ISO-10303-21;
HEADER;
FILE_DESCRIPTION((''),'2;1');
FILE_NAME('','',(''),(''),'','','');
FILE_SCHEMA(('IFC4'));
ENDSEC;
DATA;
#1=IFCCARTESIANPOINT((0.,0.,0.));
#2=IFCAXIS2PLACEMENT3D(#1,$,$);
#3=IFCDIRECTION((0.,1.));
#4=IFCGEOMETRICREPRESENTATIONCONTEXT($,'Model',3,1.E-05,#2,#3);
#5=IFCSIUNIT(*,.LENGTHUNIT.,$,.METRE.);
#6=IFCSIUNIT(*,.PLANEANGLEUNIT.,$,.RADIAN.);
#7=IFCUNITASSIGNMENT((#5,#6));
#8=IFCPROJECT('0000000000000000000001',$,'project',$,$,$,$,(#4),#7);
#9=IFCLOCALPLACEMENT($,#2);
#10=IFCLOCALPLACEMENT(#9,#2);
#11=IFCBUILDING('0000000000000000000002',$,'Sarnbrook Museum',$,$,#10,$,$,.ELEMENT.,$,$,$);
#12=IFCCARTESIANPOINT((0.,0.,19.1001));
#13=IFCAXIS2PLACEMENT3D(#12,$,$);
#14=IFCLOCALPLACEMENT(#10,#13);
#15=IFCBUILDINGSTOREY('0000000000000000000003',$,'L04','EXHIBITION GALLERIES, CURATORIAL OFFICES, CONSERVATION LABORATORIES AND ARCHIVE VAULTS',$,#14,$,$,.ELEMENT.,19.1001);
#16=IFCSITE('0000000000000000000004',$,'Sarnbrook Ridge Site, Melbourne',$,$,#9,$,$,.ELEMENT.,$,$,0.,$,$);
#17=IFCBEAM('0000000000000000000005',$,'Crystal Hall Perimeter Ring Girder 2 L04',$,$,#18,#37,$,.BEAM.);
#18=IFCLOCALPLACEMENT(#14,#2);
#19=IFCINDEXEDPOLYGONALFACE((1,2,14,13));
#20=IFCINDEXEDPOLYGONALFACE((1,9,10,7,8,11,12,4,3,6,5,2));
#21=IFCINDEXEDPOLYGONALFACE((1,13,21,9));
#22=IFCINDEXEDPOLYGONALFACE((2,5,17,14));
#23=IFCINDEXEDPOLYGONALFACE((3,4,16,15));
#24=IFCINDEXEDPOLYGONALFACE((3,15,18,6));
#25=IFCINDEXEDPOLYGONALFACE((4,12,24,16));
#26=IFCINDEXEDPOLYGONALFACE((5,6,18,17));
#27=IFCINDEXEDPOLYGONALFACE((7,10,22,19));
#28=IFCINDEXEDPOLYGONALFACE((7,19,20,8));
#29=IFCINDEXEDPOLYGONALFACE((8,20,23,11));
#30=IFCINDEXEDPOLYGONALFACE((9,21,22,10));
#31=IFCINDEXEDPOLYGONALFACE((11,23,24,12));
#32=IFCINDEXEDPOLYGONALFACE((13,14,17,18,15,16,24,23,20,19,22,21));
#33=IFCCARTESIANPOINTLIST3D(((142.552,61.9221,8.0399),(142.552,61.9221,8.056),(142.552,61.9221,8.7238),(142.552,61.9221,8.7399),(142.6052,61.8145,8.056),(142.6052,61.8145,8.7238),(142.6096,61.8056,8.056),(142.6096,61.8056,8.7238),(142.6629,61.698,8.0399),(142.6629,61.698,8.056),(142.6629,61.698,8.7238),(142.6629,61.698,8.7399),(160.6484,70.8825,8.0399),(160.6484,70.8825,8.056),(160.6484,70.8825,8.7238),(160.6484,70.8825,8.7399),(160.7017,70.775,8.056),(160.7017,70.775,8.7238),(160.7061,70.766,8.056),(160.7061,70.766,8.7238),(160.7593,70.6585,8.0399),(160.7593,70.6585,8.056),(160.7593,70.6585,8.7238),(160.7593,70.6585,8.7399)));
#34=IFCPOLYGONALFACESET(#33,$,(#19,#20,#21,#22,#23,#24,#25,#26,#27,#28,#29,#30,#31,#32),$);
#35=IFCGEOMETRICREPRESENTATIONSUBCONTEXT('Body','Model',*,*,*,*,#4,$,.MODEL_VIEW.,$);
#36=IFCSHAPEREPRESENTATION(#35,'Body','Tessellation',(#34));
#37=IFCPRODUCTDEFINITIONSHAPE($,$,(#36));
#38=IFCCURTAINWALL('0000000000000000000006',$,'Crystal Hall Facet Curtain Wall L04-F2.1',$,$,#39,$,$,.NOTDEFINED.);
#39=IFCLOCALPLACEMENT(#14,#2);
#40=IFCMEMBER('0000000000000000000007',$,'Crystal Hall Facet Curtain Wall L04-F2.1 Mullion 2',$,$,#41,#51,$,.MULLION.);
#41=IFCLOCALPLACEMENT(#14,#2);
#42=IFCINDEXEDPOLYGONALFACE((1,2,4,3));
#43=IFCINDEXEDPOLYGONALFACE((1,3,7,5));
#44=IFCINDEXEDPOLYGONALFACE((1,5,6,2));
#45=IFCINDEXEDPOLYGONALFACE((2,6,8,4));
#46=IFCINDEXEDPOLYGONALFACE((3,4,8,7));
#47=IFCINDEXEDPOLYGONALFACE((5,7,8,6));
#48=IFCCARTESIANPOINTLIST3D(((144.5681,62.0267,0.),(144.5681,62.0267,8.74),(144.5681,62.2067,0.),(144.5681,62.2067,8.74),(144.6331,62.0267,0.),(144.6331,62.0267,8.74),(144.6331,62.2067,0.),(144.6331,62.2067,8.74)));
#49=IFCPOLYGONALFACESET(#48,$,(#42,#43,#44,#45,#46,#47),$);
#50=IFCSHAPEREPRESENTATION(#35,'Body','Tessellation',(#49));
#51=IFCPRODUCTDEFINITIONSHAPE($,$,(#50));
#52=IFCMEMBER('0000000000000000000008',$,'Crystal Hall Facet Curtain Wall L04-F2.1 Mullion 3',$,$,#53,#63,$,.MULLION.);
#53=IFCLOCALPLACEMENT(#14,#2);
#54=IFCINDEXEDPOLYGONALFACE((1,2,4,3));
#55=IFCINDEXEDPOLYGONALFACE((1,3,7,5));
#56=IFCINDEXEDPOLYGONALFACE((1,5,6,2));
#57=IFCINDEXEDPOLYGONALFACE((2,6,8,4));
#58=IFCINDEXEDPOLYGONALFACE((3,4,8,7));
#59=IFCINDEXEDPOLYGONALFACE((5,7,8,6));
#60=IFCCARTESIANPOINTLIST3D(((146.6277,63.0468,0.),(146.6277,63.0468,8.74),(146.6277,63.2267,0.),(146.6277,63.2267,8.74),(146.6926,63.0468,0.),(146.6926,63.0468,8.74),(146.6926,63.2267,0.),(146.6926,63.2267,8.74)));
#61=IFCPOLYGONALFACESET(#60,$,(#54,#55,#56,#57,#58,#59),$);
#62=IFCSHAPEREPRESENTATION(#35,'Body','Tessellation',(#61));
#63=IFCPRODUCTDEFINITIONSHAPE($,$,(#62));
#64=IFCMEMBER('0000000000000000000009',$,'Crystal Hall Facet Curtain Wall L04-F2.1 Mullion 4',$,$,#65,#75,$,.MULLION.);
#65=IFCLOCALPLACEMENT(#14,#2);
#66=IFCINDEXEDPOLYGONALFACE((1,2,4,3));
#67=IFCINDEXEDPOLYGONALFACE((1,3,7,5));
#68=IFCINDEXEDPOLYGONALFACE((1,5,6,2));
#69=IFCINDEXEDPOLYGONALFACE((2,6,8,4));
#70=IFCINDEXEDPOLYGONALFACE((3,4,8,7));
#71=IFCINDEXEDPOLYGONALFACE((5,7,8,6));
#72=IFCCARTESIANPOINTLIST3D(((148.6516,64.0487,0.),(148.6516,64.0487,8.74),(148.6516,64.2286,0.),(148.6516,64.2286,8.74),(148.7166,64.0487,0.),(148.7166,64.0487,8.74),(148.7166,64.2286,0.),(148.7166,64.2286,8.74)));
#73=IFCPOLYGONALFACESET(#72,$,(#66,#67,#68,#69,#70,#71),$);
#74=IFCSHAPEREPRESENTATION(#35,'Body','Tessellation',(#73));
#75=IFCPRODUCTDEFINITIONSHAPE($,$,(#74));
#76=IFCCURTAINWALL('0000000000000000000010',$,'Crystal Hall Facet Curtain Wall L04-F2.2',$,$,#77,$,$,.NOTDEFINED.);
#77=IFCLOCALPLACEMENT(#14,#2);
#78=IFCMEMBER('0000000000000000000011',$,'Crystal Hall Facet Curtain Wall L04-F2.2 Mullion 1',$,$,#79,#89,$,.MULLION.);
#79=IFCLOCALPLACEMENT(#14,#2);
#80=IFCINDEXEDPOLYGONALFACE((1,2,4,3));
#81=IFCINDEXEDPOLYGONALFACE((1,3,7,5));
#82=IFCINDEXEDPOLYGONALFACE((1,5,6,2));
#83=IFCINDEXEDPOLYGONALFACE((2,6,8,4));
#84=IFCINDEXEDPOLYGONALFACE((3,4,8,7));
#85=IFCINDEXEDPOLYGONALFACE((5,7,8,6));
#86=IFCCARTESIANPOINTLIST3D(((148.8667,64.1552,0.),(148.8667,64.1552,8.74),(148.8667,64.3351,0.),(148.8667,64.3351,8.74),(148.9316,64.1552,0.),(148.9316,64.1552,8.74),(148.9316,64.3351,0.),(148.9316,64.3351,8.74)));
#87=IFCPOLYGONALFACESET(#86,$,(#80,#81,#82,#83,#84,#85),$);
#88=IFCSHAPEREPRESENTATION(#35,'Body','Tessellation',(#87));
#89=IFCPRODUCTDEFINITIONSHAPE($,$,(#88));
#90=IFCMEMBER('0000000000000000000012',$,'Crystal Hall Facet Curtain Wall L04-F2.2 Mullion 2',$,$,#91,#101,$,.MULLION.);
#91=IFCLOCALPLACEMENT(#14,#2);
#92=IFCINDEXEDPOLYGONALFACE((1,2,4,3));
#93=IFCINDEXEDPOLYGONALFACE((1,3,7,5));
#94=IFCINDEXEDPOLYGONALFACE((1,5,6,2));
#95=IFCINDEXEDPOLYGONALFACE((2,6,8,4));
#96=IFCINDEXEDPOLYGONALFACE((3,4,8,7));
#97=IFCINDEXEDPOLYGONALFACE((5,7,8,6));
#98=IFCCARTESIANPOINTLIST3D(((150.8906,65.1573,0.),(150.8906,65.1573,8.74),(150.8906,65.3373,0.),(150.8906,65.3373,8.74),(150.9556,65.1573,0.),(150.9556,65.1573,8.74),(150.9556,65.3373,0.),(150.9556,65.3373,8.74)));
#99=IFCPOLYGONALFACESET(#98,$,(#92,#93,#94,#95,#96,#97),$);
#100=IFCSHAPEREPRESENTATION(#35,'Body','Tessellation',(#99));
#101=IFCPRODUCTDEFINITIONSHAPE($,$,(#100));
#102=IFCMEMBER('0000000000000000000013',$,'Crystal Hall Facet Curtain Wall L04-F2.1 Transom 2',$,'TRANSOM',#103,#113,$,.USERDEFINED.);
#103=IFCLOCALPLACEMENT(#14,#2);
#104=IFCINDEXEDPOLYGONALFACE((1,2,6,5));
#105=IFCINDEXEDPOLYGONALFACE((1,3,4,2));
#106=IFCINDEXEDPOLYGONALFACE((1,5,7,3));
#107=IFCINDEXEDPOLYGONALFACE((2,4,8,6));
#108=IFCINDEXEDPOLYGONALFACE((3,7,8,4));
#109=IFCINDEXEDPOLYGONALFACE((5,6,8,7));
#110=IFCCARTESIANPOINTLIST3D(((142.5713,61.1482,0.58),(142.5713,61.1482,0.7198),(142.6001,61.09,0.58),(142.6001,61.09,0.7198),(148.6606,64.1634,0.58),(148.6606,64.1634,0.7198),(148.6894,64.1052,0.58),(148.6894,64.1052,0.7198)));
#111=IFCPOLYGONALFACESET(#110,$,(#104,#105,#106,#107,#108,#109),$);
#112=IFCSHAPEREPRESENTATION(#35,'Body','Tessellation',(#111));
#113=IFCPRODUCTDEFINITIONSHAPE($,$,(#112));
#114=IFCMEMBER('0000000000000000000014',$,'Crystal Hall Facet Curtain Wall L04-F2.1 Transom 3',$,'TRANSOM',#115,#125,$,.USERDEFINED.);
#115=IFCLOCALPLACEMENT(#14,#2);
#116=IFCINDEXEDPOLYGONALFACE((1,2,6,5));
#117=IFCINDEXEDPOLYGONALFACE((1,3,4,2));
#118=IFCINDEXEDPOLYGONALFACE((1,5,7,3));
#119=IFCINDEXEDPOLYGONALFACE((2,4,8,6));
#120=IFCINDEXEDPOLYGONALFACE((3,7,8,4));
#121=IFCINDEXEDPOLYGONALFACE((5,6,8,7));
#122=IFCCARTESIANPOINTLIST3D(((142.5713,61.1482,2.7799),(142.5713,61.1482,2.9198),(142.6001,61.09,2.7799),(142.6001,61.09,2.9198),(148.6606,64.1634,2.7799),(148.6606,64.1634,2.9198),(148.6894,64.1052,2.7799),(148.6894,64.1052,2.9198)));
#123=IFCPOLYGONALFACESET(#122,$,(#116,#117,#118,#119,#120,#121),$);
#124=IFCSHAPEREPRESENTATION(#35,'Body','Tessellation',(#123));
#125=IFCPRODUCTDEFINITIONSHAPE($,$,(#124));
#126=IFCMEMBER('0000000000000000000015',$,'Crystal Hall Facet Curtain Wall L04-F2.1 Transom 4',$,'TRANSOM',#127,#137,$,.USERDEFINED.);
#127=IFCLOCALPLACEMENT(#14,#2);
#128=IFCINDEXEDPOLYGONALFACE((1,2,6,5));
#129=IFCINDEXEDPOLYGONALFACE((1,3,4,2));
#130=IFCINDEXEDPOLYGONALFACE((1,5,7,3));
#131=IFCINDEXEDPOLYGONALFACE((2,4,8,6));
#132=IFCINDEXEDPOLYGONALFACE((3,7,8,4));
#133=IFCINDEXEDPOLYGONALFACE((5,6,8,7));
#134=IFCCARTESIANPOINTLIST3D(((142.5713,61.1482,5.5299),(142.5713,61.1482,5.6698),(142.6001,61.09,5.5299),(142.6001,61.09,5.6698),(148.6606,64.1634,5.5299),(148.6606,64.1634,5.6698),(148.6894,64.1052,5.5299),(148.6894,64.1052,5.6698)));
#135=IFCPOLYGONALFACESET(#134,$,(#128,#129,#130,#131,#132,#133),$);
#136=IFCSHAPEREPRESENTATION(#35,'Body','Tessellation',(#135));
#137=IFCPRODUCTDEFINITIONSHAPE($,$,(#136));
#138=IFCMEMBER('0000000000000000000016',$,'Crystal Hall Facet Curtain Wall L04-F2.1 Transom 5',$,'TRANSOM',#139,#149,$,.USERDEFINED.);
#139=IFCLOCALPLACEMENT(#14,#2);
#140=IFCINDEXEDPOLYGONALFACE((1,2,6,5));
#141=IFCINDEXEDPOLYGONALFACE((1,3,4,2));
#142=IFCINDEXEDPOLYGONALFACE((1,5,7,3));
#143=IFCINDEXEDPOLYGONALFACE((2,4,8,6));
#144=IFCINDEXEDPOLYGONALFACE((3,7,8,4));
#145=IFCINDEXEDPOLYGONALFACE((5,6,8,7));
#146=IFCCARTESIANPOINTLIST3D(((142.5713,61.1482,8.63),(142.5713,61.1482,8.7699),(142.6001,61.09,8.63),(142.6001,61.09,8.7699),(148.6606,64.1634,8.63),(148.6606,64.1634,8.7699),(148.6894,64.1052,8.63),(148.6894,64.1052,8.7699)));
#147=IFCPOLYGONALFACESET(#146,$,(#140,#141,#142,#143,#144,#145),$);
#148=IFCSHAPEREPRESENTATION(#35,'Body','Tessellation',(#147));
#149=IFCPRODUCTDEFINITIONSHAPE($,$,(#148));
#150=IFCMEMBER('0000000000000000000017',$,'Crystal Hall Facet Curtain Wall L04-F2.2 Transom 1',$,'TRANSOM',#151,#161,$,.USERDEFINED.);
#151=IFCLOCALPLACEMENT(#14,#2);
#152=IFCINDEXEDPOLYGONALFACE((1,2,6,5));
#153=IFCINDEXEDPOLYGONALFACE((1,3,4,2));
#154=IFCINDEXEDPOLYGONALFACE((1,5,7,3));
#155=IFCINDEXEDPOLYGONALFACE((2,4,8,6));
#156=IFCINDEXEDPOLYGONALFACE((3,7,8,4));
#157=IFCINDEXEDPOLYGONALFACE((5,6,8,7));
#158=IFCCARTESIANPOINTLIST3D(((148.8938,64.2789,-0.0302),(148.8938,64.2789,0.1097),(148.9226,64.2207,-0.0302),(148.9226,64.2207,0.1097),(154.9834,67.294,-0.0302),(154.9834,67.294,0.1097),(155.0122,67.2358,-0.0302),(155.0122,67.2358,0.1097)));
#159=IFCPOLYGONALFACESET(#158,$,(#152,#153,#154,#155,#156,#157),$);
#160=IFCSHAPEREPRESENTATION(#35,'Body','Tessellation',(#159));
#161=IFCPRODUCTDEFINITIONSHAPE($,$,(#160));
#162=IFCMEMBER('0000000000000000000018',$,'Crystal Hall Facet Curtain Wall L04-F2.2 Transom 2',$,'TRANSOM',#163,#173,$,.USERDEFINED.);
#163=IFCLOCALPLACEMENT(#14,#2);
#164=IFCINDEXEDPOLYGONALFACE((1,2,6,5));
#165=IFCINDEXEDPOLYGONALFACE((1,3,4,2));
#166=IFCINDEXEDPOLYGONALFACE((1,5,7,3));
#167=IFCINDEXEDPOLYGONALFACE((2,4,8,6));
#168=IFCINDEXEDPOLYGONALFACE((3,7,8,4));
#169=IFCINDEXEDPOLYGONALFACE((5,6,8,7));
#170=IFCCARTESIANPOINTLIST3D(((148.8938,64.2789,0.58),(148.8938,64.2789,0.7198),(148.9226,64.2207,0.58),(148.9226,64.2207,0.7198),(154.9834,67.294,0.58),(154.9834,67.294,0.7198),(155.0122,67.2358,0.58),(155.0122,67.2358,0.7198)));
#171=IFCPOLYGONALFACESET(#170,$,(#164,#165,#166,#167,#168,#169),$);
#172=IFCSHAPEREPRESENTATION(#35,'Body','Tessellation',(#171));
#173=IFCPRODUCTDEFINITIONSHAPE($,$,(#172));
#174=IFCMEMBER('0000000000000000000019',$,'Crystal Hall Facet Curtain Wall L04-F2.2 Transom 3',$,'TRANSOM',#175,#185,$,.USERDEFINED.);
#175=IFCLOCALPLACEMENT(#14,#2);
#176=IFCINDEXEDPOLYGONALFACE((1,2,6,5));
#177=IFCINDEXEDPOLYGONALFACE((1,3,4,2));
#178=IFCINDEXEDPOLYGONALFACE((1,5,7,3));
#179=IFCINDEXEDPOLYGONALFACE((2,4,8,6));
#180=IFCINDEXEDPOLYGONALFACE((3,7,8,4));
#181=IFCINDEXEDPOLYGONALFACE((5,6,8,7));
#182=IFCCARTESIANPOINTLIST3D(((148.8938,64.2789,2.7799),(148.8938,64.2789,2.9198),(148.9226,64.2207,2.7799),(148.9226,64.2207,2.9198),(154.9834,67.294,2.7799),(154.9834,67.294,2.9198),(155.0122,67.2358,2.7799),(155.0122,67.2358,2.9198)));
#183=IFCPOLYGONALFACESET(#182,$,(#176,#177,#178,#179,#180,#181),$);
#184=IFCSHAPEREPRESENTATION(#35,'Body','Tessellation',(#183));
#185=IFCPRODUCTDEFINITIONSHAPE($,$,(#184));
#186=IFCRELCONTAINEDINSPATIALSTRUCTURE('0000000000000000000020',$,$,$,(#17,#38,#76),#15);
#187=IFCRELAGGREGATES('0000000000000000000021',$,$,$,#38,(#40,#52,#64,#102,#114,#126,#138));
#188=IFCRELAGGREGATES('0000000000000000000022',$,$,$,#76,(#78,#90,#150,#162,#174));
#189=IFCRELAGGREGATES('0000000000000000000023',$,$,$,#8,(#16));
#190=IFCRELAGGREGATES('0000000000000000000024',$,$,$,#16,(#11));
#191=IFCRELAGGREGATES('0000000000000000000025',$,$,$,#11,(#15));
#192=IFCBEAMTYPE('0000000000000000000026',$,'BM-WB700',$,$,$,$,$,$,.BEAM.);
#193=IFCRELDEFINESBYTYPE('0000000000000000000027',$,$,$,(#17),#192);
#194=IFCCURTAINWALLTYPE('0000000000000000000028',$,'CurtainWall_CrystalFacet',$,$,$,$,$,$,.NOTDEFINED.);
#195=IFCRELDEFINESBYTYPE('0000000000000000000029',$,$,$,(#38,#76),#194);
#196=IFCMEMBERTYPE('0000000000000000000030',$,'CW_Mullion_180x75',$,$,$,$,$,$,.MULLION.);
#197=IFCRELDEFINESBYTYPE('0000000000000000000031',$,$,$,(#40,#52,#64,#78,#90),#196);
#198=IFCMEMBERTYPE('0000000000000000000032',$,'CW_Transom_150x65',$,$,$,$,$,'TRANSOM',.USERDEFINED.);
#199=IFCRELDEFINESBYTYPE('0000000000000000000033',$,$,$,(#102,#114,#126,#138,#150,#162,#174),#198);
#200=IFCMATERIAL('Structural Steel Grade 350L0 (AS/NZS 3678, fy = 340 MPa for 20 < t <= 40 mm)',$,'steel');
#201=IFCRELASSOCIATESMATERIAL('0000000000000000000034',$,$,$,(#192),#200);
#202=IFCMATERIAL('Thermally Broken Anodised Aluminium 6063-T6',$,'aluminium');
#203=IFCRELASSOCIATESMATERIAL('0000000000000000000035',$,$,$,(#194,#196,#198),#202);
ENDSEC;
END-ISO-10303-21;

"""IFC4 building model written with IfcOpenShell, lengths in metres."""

from ifc_helpers import new_model, si_unit, direction, frame, origin, origin_2d, place, context, subcontext, project, spatial, rectangle, i_section, extrude, material, material_profile, profile_set, type_object, element, aggregate, save


model = new_model("IFC4")

# Units and contexts
model_context = context("Model", 3, precision=1e-05, world=origin(), true_north=direction((0.0, 1.0)))
body_context = subcontext(model_context, "Body", "Model", "MODEL_VIEW")
ifc_project = project(units=[si_unit("LENGTHUNIT", "METRE"), si_unit("PLANEANGLEUNIT", "RADIAN")], contexts=[model_context])

# Site, building, storey
site_placement = place(None, origin())
site = spatial("IfcSite", under=ifc_project, at=site_placement, Name="Sarnbrook Ridge Site, Melbourne", CompositionType="ELEMENT", RefElevation=0.0)
building_placement = place(site_placement, origin())
building = spatial("IfcBuilding", under=site, at=building_placement, Name="Sarnbrook Museum", CompositionType="ELEMENT")
storey_placement = place(building_placement, frame((0.0, 0.0, 19.1001)))
storey = spatial("IfcBuildingStorey", under=building, at=storey_placement, Name="L04", Description="EXHIBITION GALLERIES, CURATORIAL OFFICES, CONSERVATION LABORATORIES AND ARCHIVE VAULTS", CompositionType="ELEMENT", Elevation=19.1001)

# Beam
ifc_material_1 = material(Name="Structural Steel Grade 350L0 (AS/NZS 3678, fy = 340 MPa for 20 < t <= 40 mm)", Category="steel")
ifc_material_profile_1 = material_profile(ifc_material_1, i_section(OverallWidth=0.25, OverallDepth=0.7, WebThickness=0.01, FlangeThickness=0.0161, at=origin_2d()), Name="700WB130")
ifc_profile_set_1 = profile_set([ifc_material_profile_1], Name="Structural Steel Grade 350L0 (AS/NZS 3678, fy = 340 MPa for 20 < t <= 40 mm)")
beam_type = type_object("IfcBeamType", Name="BM-WB700", PredefinedType="BEAM", material=ifc_profile_set_1)
beam_placement = place(storey_placement, frame((142.6074, 61.8101, 8.3899), z_axis=(0.896159, 0.443733, 0.0), x_axis=(-0.443733, 0.896159, 0.0)))
element("IfcBeam", 1, at=beam_placement, inside=storey, type_object=beam_type, Name="Crystal Hall Perimeter Ring Girder 2 L04", PredefinedType="BEAM", context=body_context, shape_type="SweptSolid", body=[
    extrude(i_section(OverallWidth=0.25, OverallDepth=0.7, WebThickness=0.01, FlangeThickness=0.0161, at=origin_2d()), origin(), (0.0, 0.0, 1.0), 20.1934),
])

# Curtain walls, members
ifc_material_2 = material(Name="Thermally Broken Anodised Aluminium 6063-T6", Category="aluminium")
curtain_wall_type = type_object("IfcCurtainWallType", Name="CurtainWall_CrystalFacet", PredefinedType="NOTDEFINED", material=ifc_material_2)
curtain_wall_1_placement = place(storey_placement, origin())
curtain_wall_1 = element("IfcCurtainWall", 2, at=curtain_wall_1_placement, inside=storey, type_object=curtain_wall_type, Name="Crystal Hall Facet Curtain Wall L04-F2.1", PredefinedType="NOTDEFINED")
ifc_material_profile_2 = material_profile(ifc_material_2, rectangle(XDim=0.0649, YDim=0.1799, at=origin_2d()), Name="ALU MULLION 65x180")
ifc_profile_set_2 = profile_set([ifc_material_profile_2], Name="Thermally Broken Anodised Aluminium 6063-T6")
member_type_1 = type_object("IfcMemberType", Name="CW_Mullion_180x75", PredefinedType="MULLION", material=ifc_profile_set_2)
member_1_placement = place(storey_placement, frame((144.6006, 62.1167, 0.0), z_axis=(0.0, 0.0, 1.0), x_axis=(1.0, 0.0, 0.0)))
member_1 = element("IfcMember", 3, at=member_1_placement, type_object=member_type_1, Name="Crystal Hall Facet Curtain Wall L04-F2.1 Mullion 2", PredefinedType="MULLION", context=body_context, shape_type="SweptSolid", body=[
    extrude(rectangle(XDim=0.0649, YDim=0.1799, at=origin_2d()), origin(), (0.0, 0.0, 1.0), 8.74),
])
member_2_placement = place(storey_placement, frame((146.6602, 63.1367, 0.0), z_axis=(0.0, 0.0, 1.0), x_axis=(1.0, 0.0, 0.0)))
member_2 = element("IfcMember", 4, at=member_2_placement, type_object=member_type_1, Name="Crystal Hall Facet Curtain Wall L04-F2.1 Mullion 3", PredefinedType="MULLION", context=body_context, shape_type="SweptSolid", body=[
    extrude(rectangle(XDim=0.0649, YDim=0.1799, at=origin_2d()), origin(), (0.0, 0.0, 1.0), 8.74),
])
member_3_placement = place(storey_placement, frame((148.6841, 64.1387, 0.0), z_axis=(0.0, 0.0, 1.0), x_axis=(1.0, 0.0, 0.0)))
member_3 = element("IfcMember", 5, at=member_3_placement, type_object=member_type_1, Name="Crystal Hall Facet Curtain Wall L04-F2.1 Mullion 4", PredefinedType="MULLION", context=body_context, shape_type="SweptSolid", body=[
    extrude(rectangle(XDim=0.0649, YDim=0.1799, at=origin_2d()), origin(), (0.0, 0.0, 1.0), 8.74),
])
curtain_wall_2_placement = place(storey_placement, origin())
curtain_wall_2 = element("IfcCurtainWall", 6, at=curtain_wall_2_placement, inside=storey, type_object=curtain_wall_type, Name="Crystal Hall Facet Curtain Wall L04-F2.2", PredefinedType="NOTDEFINED")
member_4_placement = place(storey_placement, frame((148.8992, 64.2451, 0.0), z_axis=(0.0, 0.0, 1.0), x_axis=(1.0, 0.0, 0.0)))
member_4 = element("IfcMember", 7, at=member_4_placement, type_object=member_type_1, Name="Crystal Hall Facet Curtain Wall L04-F2.2 Mullion 1", PredefinedType="MULLION", context=body_context, shape_type="SweptSolid", body=[
    extrude(rectangle(XDim=0.0649, YDim=0.1799, at=origin_2d()), origin(), (0.0, 0.0, 1.0), 8.74),
])
member_5_placement = place(storey_placement, frame((150.9231, 65.2473, 0.0), z_axis=(0.0, 0.0, 1.0), x_axis=(1.0, 0.0, 0.0)))
member_5 = element("IfcMember", 8, at=member_5_placement, type_object=member_type_1, Name="Crystal Hall Facet Curtain Wall L04-F2.2 Mullion 2", PredefinedType="MULLION", context=body_context, shape_type="SweptSolid", body=[
    extrude(rectangle(XDim=0.0649, YDim=0.1799, at=origin_2d()), origin(), (0.0, 0.0, 1.0), 8.74),
])

# Members
ifc_material_profile_3 = material_profile(ifc_material_2, rectangle(XDim=0.0649, YDim=0.1399, at=origin_2d()), Name="ALU TRANSOM 65x140")
ifc_profile_set_3 = profile_set([ifc_material_profile_3], Name="Thermally Broken Anodised Aluminium 6063-T6")
member_type_2 = type_object("IfcMemberType", Name="CW_Transom_150x65", ElementType="TRANSOM", PredefinedType="USERDEFINED", material=ifc_profile_set_3)
member_6_placement = place(storey_placement, frame((142.5857, 61.1191, 0.6499), z_axis=(0.896159, 0.443732, 0.0), x_axis=(-0.443732, 0.896159, 0.0)))
member_6 = element("IfcMember", 9, at=member_6_placement, type_object=member_type_2, Name="Crystal Hall Facet Curtain Wall L04-F2.1 Transom 2", ObjectType="TRANSOM", PredefinedType="USERDEFINED", context=body_context, shape_type="SweptSolid", body=[
    extrude(rectangle(XDim=0.0649, YDim=0.1399, at=origin_2d()), origin(), (0.0, 0.0, 1.0), 6.7949),
])
member_7_placement = place(storey_placement, frame((142.5857, 61.1191, 2.8499), z_axis=(0.896159, 0.443732, 0.0), x_axis=(-0.443732, 0.896159, 0.0)))
member_7 = element("IfcMember", 10, at=member_7_placement, type_object=member_type_2, Name="Crystal Hall Facet Curtain Wall L04-F2.1 Transom 3", ObjectType="TRANSOM", PredefinedType="USERDEFINED", context=body_context, shape_type="SweptSolid", body=[
    extrude(rectangle(XDim=0.0649, YDim=0.1399, at=origin_2d()), origin(), (0.0, 0.0, 1.0), 6.7949),
])
member_8_placement = place(storey_placement, frame((142.5857, 61.1191, 5.5999), z_axis=(0.896159, 0.443732, 0.0), x_axis=(-0.443732, 0.896159, 0.0)))
member_8 = element("IfcMember", 11, at=member_8_placement, type_object=member_type_2, Name="Crystal Hall Facet Curtain Wall L04-F2.1 Transom 4", ObjectType="TRANSOM", PredefinedType="USERDEFINED", context=body_context, shape_type="SweptSolid", body=[
    extrude(rectangle(XDim=0.0649, YDim=0.1399, at=origin_2d()), origin(), (0.0, 0.0, 1.0), 6.7949),
])
member_9_placement = place(storey_placement, frame((142.5857, 61.1191, 8.7), z_axis=(0.896159, 0.443732, 0.0), x_axis=(-0.443732, 0.896159, 0.0)))
member_9 = element("IfcMember", 12, at=member_9_placement, type_object=member_type_2, Name="Crystal Hall Facet Curtain Wall L04-F2.1 Transom 5", ObjectType="TRANSOM", PredefinedType="USERDEFINED", context=body_context, shape_type="SweptSolid", body=[
    extrude(rectangle(XDim=0.0649, YDim=0.1399, at=origin_2d()), origin(), (0.0, 0.0, 1.0), 6.7949),
])
member_10_placement = place(storey_placement, frame((148.9082, 64.2498, 0.0398), z_axis=(0.896167, 0.443718, 0.0), x_axis=(-0.443718, 0.896167, 0.0)))
member_10 = element("IfcMember", 13, at=member_10_placement, type_object=member_type_2, Name="Crystal Hall Facet Curtain Wall L04-F2.2 Transom 1", ObjectType="TRANSOM", PredefinedType="USERDEFINED", context=body_context, shape_type="SweptSolid", body=[
    extrude(rectangle(XDim=0.0649, YDim=0.1399, at=origin_2d()), origin(), (0.0, 0.0, 1.0), 6.7952),
])
member_11_placement = place(storey_placement, frame((148.9082, 64.2498, 0.6499), z_axis=(0.896167, 0.443718, 0.0), x_axis=(-0.443718, 0.896167, 0.0)))
member_11 = element("IfcMember", 14, at=member_11_placement, type_object=member_type_2, Name="Crystal Hall Facet Curtain Wall L04-F2.2 Transom 2", ObjectType="TRANSOM", PredefinedType="USERDEFINED", context=body_context, shape_type="SweptSolid", body=[
    extrude(rectangle(XDim=0.0649, YDim=0.1399, at=origin_2d()), origin(), (0.0, 0.0, 1.0), 6.7952),
])
member_12_placement = place(storey_placement, frame((148.9082, 64.2498, 2.8499), z_axis=(0.896167, 0.443718, 0.0), x_axis=(-0.443718, 0.896167, 0.0)))
member_12 = element("IfcMember", 15, at=member_12_placement, type_object=member_type_2, Name="Crystal Hall Facet Curtain Wall L04-F2.2 Transom 3", ObjectType="TRANSOM", PredefinedType="USERDEFINED", context=body_context, shape_type="SweptSolid", body=[
    extrude(rectangle(XDim=0.0649, YDim=0.1399, at=origin_2d()), origin(), (0.0, 0.0, 1.0), 6.7952),
])

aggregate(curtain_wall_1, [member_1, member_2, member_3, member_6, member_7, member_8, member_9])
aggregate(curtain_wall_2, [member_4, member_5, member_10, member_11, member_12])

save(model, "model.ifc")
